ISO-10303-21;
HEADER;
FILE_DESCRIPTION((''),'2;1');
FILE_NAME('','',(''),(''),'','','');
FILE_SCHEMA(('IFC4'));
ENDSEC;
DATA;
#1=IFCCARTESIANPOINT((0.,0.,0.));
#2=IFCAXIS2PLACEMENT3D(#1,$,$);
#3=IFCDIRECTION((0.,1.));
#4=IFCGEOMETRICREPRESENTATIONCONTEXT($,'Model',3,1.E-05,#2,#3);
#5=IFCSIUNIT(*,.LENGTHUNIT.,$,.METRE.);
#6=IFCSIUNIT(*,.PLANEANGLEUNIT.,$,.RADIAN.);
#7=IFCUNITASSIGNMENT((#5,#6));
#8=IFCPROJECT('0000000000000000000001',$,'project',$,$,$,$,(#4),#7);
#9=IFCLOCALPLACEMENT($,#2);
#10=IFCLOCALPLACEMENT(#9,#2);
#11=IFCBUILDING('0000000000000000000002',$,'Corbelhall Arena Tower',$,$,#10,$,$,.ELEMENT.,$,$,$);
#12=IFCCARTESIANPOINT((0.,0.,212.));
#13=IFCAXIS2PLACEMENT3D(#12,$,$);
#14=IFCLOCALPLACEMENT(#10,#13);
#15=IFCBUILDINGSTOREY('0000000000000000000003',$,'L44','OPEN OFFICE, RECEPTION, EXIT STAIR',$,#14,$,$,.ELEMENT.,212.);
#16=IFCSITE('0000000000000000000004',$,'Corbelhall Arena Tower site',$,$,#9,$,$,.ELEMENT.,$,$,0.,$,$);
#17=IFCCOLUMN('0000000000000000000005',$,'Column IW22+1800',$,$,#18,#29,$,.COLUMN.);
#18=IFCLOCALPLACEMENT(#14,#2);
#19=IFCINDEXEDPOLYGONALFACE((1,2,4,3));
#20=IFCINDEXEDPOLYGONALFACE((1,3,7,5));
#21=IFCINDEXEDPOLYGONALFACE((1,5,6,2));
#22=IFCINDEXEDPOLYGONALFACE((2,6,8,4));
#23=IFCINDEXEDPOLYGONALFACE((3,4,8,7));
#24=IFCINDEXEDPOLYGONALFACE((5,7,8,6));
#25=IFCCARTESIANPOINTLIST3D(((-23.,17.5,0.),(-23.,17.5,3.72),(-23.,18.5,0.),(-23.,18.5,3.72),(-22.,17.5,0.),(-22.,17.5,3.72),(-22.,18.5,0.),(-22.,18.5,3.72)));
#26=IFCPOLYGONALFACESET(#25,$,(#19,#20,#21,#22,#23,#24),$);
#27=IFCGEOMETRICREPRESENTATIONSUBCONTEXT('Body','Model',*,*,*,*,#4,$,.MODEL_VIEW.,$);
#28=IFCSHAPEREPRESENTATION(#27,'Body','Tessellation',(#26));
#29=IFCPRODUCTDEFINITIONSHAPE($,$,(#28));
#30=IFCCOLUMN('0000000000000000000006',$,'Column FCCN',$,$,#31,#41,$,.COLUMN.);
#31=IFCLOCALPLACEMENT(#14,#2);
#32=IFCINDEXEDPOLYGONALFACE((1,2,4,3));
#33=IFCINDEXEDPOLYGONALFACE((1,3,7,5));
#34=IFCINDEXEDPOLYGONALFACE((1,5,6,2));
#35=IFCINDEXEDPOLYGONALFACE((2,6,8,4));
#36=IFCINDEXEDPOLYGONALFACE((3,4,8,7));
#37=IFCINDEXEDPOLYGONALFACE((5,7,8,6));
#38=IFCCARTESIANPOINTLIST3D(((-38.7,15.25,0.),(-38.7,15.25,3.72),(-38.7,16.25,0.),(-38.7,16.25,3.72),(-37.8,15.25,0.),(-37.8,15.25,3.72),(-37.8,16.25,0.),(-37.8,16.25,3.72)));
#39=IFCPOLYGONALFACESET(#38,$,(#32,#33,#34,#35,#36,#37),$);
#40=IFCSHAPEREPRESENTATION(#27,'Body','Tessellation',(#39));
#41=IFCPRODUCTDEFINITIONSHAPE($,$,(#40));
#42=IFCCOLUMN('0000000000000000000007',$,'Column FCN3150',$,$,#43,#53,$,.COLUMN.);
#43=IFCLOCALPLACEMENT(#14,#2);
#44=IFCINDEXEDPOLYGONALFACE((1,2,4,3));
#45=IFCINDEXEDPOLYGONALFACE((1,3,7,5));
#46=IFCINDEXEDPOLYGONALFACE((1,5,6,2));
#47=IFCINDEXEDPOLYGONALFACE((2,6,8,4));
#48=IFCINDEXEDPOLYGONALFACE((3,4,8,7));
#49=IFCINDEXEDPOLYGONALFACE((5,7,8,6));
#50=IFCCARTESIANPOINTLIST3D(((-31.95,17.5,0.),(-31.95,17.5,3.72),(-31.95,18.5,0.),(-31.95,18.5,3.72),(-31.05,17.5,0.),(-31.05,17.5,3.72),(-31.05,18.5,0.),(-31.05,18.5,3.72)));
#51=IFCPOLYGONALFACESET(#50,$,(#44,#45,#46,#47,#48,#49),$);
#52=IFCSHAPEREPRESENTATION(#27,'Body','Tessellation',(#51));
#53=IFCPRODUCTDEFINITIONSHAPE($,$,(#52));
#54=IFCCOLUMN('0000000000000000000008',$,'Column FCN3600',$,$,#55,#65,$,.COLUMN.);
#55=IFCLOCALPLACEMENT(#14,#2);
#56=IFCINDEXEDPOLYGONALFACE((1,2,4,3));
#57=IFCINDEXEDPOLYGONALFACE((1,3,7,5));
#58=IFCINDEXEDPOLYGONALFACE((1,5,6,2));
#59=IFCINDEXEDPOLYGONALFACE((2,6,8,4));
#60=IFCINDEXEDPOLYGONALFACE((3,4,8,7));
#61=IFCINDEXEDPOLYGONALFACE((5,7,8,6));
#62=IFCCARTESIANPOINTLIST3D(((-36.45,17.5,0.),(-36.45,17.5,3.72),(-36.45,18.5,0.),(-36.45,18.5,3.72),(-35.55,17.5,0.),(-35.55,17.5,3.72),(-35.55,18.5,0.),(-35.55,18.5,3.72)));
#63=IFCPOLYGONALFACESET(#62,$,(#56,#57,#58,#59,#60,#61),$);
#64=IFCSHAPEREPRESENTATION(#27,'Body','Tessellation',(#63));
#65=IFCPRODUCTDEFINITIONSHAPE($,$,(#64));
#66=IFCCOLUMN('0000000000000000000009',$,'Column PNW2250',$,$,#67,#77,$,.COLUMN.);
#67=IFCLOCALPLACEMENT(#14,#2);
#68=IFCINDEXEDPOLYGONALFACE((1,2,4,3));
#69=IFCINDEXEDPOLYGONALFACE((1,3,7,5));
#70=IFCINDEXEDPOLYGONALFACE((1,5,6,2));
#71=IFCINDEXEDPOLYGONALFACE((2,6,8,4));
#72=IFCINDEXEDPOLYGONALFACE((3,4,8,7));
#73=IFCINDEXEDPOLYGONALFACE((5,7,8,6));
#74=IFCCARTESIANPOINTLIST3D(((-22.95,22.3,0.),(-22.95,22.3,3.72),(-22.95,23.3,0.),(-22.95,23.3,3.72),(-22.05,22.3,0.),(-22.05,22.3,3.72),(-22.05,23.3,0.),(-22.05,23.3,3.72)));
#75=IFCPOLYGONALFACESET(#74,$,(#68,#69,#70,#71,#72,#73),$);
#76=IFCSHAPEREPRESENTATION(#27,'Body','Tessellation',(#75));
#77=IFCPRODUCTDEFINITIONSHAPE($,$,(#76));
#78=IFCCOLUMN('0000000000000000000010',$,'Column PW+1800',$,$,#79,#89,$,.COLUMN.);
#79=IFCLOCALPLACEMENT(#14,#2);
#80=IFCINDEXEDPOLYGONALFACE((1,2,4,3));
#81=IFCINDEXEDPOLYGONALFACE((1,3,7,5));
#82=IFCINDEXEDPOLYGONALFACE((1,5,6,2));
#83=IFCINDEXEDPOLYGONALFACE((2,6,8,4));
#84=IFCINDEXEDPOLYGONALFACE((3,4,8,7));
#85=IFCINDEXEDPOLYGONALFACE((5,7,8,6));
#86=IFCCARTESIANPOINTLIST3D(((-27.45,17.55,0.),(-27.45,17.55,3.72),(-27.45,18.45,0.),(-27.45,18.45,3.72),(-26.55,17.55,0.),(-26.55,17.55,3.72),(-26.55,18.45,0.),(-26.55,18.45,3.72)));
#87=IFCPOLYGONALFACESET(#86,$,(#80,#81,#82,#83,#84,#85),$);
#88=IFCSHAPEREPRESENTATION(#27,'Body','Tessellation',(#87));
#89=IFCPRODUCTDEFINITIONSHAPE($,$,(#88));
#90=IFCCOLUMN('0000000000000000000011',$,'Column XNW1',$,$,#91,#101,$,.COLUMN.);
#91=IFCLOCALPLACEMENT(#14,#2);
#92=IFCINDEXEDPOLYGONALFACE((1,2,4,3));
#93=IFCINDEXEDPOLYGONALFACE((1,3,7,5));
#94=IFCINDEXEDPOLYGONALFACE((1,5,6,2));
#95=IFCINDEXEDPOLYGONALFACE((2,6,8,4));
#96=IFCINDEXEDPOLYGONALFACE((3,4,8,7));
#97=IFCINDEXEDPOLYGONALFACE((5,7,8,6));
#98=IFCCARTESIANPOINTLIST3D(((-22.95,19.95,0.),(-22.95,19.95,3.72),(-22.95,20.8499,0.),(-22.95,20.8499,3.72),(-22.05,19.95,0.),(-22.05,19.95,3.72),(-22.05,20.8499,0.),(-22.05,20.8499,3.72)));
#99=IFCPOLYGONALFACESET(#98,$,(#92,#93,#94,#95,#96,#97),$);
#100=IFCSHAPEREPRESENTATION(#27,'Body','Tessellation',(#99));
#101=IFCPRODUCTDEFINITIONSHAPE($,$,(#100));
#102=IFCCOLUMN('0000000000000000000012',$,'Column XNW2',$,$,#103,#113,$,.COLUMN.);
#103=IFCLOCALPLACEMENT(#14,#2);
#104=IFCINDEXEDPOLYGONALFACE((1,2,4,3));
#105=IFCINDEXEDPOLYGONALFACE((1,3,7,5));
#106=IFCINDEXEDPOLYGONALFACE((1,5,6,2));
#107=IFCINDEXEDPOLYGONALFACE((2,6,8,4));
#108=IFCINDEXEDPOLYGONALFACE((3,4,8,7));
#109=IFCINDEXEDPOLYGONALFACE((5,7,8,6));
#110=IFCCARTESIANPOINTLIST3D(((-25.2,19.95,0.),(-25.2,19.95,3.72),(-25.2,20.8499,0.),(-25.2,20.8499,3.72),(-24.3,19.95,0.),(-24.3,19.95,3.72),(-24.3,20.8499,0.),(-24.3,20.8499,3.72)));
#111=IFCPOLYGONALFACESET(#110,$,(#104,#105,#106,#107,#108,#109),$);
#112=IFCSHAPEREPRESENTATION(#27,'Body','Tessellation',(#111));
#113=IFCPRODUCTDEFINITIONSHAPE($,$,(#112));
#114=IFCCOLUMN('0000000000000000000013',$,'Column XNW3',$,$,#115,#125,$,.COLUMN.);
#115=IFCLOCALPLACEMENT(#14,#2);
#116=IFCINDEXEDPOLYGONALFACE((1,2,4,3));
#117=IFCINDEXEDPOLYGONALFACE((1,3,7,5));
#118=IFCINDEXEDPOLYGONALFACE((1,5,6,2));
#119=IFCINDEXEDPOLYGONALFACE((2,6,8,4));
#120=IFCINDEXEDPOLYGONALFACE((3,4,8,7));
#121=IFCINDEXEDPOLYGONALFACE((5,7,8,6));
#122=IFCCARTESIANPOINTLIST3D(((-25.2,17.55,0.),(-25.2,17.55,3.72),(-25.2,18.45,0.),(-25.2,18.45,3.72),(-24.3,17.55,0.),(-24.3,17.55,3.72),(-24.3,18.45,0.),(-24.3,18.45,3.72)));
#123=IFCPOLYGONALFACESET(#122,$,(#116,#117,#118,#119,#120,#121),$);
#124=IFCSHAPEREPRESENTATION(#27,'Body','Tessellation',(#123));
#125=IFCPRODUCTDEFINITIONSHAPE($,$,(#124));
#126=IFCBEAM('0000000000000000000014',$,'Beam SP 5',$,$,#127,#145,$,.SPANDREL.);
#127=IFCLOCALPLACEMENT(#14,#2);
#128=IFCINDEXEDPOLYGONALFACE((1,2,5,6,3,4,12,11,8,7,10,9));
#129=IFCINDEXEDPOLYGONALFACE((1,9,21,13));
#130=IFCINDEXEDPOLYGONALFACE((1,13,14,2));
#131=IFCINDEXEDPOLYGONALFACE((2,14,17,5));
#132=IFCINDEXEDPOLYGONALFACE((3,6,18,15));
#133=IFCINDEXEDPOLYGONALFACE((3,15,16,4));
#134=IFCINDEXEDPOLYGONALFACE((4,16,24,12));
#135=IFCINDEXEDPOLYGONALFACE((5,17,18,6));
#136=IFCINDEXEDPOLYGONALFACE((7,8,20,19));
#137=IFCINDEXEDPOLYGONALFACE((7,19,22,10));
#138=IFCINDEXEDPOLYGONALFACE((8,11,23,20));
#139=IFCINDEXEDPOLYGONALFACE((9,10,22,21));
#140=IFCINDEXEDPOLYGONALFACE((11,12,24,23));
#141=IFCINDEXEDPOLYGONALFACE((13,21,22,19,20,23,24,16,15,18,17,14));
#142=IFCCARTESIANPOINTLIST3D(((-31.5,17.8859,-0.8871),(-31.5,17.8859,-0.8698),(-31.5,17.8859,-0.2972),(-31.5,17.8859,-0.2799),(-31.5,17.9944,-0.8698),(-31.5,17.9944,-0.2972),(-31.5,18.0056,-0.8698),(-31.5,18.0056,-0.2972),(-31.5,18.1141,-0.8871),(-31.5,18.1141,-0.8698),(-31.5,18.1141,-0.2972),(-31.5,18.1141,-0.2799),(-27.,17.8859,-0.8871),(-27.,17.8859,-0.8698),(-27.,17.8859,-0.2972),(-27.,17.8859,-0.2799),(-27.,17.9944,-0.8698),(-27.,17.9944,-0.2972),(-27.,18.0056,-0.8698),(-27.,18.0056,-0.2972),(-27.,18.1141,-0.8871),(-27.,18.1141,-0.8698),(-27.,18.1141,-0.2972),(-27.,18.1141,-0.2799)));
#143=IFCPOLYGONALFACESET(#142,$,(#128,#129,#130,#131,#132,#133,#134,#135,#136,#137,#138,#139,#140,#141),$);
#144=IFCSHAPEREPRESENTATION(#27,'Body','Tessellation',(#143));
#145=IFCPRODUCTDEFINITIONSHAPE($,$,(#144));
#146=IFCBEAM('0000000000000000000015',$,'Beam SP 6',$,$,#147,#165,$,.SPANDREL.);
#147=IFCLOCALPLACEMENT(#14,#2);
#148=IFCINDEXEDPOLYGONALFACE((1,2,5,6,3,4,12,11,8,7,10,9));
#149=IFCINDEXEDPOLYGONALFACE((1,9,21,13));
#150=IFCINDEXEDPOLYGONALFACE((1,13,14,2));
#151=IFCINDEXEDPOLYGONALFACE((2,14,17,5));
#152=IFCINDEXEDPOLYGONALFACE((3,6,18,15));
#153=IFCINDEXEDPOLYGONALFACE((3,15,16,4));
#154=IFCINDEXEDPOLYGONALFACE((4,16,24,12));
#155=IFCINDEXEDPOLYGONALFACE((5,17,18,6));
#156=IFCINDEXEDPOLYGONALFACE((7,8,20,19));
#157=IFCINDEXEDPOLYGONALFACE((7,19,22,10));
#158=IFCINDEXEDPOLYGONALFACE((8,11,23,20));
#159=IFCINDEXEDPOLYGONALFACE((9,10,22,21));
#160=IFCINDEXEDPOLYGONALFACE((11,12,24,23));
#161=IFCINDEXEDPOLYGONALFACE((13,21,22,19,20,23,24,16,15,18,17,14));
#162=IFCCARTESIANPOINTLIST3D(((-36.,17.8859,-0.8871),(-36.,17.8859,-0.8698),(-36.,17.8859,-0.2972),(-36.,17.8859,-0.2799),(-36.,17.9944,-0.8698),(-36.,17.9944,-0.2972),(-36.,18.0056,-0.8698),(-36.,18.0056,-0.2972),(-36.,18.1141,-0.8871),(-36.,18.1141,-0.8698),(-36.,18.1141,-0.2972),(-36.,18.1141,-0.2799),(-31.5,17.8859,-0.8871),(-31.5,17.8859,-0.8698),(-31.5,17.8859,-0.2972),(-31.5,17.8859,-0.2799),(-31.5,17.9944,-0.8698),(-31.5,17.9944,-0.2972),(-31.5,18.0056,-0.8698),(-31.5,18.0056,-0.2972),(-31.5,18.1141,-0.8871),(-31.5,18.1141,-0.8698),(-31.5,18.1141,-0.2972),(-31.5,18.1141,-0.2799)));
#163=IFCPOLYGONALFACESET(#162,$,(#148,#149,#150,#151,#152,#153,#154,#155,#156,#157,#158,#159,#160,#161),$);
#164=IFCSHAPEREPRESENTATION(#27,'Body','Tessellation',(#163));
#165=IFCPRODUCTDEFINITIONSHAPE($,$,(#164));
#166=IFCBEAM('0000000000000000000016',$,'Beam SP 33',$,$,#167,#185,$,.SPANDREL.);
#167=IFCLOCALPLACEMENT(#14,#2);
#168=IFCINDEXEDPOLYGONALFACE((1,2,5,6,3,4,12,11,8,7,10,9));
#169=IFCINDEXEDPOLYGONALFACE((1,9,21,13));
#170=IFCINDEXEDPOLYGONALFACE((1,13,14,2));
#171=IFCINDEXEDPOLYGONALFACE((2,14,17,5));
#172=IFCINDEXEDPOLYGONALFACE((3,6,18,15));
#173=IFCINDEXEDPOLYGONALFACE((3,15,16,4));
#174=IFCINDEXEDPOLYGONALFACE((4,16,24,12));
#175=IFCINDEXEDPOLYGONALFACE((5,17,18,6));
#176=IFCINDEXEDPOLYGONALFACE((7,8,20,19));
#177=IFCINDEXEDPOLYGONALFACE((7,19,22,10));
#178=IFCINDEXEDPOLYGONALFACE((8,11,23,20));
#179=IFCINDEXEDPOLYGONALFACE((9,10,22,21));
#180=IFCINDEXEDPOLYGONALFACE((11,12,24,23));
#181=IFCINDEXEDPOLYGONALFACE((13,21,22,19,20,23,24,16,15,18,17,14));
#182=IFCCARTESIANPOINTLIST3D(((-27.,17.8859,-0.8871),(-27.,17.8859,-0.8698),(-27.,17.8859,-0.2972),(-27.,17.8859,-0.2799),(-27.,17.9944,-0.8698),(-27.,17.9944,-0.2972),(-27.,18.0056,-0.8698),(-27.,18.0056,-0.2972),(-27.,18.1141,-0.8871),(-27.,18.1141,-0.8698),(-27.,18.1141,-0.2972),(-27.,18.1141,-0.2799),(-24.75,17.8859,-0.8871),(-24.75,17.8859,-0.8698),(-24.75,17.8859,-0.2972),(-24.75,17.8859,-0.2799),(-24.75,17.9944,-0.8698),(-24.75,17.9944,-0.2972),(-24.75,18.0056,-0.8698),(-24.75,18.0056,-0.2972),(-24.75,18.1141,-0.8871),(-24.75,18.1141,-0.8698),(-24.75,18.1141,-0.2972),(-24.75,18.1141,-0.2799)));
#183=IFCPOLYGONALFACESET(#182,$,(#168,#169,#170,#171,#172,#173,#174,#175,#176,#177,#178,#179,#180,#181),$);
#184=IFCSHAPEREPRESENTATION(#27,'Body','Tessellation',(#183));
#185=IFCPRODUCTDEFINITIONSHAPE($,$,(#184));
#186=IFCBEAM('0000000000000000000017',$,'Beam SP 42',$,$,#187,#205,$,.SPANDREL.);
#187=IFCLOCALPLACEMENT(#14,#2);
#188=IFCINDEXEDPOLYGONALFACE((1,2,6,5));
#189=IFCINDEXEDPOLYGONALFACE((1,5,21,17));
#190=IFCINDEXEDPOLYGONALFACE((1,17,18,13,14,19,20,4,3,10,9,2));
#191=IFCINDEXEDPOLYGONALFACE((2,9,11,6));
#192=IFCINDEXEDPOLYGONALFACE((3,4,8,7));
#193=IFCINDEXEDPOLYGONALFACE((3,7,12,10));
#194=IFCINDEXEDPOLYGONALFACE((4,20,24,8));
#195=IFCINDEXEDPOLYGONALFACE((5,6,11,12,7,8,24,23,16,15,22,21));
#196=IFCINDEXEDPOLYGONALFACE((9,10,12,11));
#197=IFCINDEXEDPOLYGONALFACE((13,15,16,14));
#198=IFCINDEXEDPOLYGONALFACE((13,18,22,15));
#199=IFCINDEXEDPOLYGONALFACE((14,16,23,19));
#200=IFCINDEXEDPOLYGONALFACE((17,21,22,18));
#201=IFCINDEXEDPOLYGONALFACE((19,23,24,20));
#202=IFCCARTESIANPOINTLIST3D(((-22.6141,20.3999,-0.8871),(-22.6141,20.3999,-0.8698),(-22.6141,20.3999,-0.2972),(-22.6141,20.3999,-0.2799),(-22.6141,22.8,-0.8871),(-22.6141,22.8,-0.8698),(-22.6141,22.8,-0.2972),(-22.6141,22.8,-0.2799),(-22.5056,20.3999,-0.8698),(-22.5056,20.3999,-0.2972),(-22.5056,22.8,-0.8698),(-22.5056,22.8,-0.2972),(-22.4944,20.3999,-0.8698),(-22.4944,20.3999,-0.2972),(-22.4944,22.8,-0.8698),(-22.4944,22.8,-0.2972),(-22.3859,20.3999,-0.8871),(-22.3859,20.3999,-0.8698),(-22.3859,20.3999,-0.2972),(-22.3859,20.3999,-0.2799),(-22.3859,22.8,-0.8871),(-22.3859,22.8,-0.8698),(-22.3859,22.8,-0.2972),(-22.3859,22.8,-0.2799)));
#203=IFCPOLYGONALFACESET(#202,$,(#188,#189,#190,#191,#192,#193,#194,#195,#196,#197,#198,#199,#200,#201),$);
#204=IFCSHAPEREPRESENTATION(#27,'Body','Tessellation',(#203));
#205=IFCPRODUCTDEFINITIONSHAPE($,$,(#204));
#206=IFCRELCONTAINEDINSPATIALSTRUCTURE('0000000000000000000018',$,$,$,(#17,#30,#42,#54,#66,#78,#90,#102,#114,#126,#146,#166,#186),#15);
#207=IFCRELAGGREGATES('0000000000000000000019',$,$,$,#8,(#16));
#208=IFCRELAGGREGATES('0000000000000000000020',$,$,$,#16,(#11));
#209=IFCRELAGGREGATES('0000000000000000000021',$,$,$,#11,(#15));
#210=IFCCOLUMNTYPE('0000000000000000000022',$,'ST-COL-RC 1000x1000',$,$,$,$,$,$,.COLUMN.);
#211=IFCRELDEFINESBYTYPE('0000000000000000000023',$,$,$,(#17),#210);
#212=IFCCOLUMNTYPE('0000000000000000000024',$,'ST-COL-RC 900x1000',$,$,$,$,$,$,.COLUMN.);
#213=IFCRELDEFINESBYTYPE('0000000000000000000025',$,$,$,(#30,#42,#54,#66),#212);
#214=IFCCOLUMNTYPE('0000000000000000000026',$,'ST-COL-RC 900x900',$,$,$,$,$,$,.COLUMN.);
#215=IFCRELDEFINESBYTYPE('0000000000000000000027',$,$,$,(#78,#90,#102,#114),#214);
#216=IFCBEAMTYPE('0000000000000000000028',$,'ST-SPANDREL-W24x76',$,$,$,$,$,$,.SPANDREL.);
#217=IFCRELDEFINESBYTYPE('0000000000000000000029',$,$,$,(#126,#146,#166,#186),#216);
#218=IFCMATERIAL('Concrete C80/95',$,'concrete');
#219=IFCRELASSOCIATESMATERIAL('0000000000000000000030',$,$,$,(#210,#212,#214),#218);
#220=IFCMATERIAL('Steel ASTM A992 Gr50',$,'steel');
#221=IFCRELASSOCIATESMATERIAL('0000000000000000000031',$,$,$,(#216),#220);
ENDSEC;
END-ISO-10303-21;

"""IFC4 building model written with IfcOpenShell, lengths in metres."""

from ifc_helpers import new_model, si_unit, direction, frame, origin, origin_2d, place, context, subcontext, project, spatial, rectangle, i_section, extrude, material, material_profile, profile_set, type_object, element, save


model = new_model("IFC4")

# Units and contexts
model_context = context("Model", 3, precision=1e-05, world=origin(), true_north=direction((0.0, 1.0)))
body_context = subcontext(model_context, "Body", "Model", "MODEL_VIEW")
ifc_project = project(units=[si_unit("LENGTHUNIT", "METRE"), si_unit("PLANEANGLEUNIT", "RADIAN")], contexts=[model_context])

# Site, building, storey
site_placement = place(None, origin())
site = spatial("IfcSite", under=ifc_project, at=site_placement, Name="Corbelhall Arena Tower site", CompositionType="ELEMENT", RefElevation=0.0)
building_placement = place(site_placement, origin())
building = spatial("IfcBuilding", under=site, at=building_placement, Name="Corbelhall Arena Tower", CompositionType="ELEMENT")
storey_placement = place(building_placement, frame((0.0, 0.0, 212.0)))
storey = spatial("IfcBuildingStorey", under=building, at=storey_placement, Name="L44", Description="OPEN OFFICE, RECEPTION, EXIT STAIR", CompositionType="ELEMENT", Elevation=212.0)

# Columns
ifc_material_1 = material(Name="Concrete C80/95", Category="concrete")
ifc_material_profile_1 = material_profile(ifc_material_1, rectangle(XDim=1.0, YDim=1.0, at=origin_2d()))
ifc_profile_set_1 = profile_set([ifc_material_profile_1], Name="Concrete C80/95")
column_type_1 = type_object("IfcColumnType", Name="ST-COL-RC 1000x1000", PredefinedType="COLUMN", material=ifc_profile_set_1)
column_placement = place(storey_placement, frame((-22.5, 18.0, 0.0), z_axis=(0.0, 0.0, 1.0), x_axis=(1.0, 0.0, 0.0)))
element("IfcColumn", 1, at=column_placement, inside=storey, type_object=column_type_1, Name="Column IW22+1800", PredefinedType="COLUMN", context=body_context, shape_type="SweptSolid", body=[
    extrude(rectangle(XDim=1.0, YDim=1.0, at=origin_2d()), origin(), (0.0, 0.0, 1.0), 3.72),
])
ifc_material_profile_2 = material_profile(ifc_material_1, rectangle(XDim=0.8999, YDim=1.0, at=origin_2d()))
ifc_profile_set_2 = profile_set([ifc_material_profile_2], Name="Concrete C80/95")
column_type_2 = type_object("IfcColumnType", Name="ST-COL-RC 900x1000", PredefinedType="COLUMN", material=ifc_profile_set_2)
for number, where, z_axis, x_axis, name in (
    (2, (-38.25, 15.75, 0.0), (0.0, 0.0, 1.0), (1.0, 0.0, 0.0), "Column FCCN"),
    (3, (-31.5, 18.0, 0.0), (0.0, 0.0, 1.0), (1.0, 0.0, 0.0), "Column FCN3150"),
    (4, (-36.0, 18.0, 0.0), (0.0, 0.0, 1.0), (1.0, 0.0, 0.0), "Column FCN3600"),
    (5, (-22.5, 22.8, 0.0), (0.0, 0.0, 1.0), (1.0, 0.0, 0.0), "Column PNW2250"),
):
    element("IfcColumn", number, at=place(storey_placement, frame(where, z_axis=z_axis, x_axis=x_axis)), inside=storey, type_object=column_type_2, Name=name, PredefinedType="COLUMN", context=body_context, shape_type="SweptSolid", body=[
        extrude(rectangle(XDim=0.8999, YDim=1.0, at=origin_2d()), origin(), (0.0, 0.0, 1.0), 3.72),
    ])
ifc_material_profile_3 = material_profile(ifc_material_1, rectangle(XDim=0.8999, YDim=0.8999, at=origin_2d()))
ifc_profile_set_3 = profile_set([ifc_material_profile_3], Name="Concrete C80/95")
column_type_3 = type_object("IfcColumnType", Name="ST-COL-RC 900x900", PredefinedType="COLUMN", material=ifc_profile_set_3)
for number, where, z_axis, x_axis, name in (
    (6, (-27.0, 18.0, 0.0), (0.0, 0.0, 1.0), (1.0, 0.0, 0.0), "Column PW+1800"),
    (7, (-22.5, 20.3999, 0.0), (0.0, 0.0, 1.0), (1.0, 0.0, 0.0), "Column XNW1"),
    (8, (-24.75, 20.3999, 0.0), (0.0, 0.0, 1.0), (1.0, 0.0, 0.0), "Column XNW2"),
    (9, (-24.75, 18.0, 0.0), (0.0, 0.0, 1.0), (1.0, 0.0, 0.0), "Column XNW3"),
):
    element("IfcColumn", number, at=place(storey_placement, frame(where, z_axis=z_axis, x_axis=x_axis)), inside=storey, type_object=column_type_3, Name=name, PredefinedType="COLUMN", context=body_context, shape_type="SweptSolid", body=[
        extrude(rectangle(XDim=0.8999, YDim=0.8999, at=origin_2d()), origin(), (0.0, 0.0, 1.0), 3.72),
    ])

# Beams
ifc_material_2 = material(Name="Steel ASTM A992 Gr50", Category="steel")
ifc_material_profile_4 = material_profile(ifc_material_2, i_section(OverallWidth=0.2283, OverallDepth=0.6072, WebThickness=0.0112, FlangeThickness=0.0173, at=origin_2d()))
ifc_profile_set_4 = profile_set([ifc_material_profile_4], Name="Steel ASTM A992 Gr50")
beam_type = type_object("IfcBeamType", Name="ST-SPANDREL-W24x76", PredefinedType="SPANDREL", material=ifc_profile_set_4)
for number, where, z_axis, x_axis, name in (
    (10, (-31.5, 18.0, -0.5835), (1.0, 0.0, 0.0), (0.0, 1.0, 0.0), "Beam SP 5"),
    (11, (-36.0, 18.0, -0.5835), (1.0, 0.0, 0.0), (0.0, 1.0, 0.0), "Beam SP 6"),
):
    element("IfcBeam", number, at=place(storey_placement, frame(where, z_axis=z_axis, x_axis=x_axis)), inside=storey, type_object=beam_type, Name=name, PredefinedType="SPANDREL", context=body_context, shape_type="SweptSolid", body=[
        extrude(i_section(OverallWidth=0.2283, OverallDepth=0.6072, WebThickness=0.0112, FlangeThickness=0.0173, at=origin_2d()), origin(), (0.0, 0.0, 1.0), 4.5),
    ])
beam_1_placement = place(storey_placement, frame((-27.0, 18.0, -0.5835), z_axis=(1.0, 0.0, 0.0), x_axis=(0.0, 1.0, 0.0)))
element("IfcBeam", 12, at=beam_1_placement, inside=storey, type_object=beam_type, Name="Beam SP 33", PredefinedType="SPANDREL", context=body_context, shape_type="SweptSolid", body=[
    extrude(i_section(OverallWidth=0.2283, OverallDepth=0.6072, WebThickness=0.0112, FlangeThickness=0.0173, at=origin_2d()), origin(), (0.0, 0.0, 1.0), 2.25),
])
beam_2_placement = place(storey_placement, frame((-22.5, 20.3999, -0.5835), z_axis=(0.0, 1.0, 0.0), x_axis=(-1.0, 0.0, 0.0)))
element("IfcBeam", 13, at=beam_2_placement, inside=storey, type_object=beam_type, Name="Beam SP 42", PredefinedType="SPANDREL", context=body_context, shape_type="SweptSolid", body=[
    extrude(i_section(OverallWidth=0.2283, OverallDepth=0.6072, WebThickness=0.0112, FlangeThickness=0.0173, at=origin_2d()), origin(), (0.0, 0.0, 1.0), 2.4001),
])

save(model, "model.ifc")
